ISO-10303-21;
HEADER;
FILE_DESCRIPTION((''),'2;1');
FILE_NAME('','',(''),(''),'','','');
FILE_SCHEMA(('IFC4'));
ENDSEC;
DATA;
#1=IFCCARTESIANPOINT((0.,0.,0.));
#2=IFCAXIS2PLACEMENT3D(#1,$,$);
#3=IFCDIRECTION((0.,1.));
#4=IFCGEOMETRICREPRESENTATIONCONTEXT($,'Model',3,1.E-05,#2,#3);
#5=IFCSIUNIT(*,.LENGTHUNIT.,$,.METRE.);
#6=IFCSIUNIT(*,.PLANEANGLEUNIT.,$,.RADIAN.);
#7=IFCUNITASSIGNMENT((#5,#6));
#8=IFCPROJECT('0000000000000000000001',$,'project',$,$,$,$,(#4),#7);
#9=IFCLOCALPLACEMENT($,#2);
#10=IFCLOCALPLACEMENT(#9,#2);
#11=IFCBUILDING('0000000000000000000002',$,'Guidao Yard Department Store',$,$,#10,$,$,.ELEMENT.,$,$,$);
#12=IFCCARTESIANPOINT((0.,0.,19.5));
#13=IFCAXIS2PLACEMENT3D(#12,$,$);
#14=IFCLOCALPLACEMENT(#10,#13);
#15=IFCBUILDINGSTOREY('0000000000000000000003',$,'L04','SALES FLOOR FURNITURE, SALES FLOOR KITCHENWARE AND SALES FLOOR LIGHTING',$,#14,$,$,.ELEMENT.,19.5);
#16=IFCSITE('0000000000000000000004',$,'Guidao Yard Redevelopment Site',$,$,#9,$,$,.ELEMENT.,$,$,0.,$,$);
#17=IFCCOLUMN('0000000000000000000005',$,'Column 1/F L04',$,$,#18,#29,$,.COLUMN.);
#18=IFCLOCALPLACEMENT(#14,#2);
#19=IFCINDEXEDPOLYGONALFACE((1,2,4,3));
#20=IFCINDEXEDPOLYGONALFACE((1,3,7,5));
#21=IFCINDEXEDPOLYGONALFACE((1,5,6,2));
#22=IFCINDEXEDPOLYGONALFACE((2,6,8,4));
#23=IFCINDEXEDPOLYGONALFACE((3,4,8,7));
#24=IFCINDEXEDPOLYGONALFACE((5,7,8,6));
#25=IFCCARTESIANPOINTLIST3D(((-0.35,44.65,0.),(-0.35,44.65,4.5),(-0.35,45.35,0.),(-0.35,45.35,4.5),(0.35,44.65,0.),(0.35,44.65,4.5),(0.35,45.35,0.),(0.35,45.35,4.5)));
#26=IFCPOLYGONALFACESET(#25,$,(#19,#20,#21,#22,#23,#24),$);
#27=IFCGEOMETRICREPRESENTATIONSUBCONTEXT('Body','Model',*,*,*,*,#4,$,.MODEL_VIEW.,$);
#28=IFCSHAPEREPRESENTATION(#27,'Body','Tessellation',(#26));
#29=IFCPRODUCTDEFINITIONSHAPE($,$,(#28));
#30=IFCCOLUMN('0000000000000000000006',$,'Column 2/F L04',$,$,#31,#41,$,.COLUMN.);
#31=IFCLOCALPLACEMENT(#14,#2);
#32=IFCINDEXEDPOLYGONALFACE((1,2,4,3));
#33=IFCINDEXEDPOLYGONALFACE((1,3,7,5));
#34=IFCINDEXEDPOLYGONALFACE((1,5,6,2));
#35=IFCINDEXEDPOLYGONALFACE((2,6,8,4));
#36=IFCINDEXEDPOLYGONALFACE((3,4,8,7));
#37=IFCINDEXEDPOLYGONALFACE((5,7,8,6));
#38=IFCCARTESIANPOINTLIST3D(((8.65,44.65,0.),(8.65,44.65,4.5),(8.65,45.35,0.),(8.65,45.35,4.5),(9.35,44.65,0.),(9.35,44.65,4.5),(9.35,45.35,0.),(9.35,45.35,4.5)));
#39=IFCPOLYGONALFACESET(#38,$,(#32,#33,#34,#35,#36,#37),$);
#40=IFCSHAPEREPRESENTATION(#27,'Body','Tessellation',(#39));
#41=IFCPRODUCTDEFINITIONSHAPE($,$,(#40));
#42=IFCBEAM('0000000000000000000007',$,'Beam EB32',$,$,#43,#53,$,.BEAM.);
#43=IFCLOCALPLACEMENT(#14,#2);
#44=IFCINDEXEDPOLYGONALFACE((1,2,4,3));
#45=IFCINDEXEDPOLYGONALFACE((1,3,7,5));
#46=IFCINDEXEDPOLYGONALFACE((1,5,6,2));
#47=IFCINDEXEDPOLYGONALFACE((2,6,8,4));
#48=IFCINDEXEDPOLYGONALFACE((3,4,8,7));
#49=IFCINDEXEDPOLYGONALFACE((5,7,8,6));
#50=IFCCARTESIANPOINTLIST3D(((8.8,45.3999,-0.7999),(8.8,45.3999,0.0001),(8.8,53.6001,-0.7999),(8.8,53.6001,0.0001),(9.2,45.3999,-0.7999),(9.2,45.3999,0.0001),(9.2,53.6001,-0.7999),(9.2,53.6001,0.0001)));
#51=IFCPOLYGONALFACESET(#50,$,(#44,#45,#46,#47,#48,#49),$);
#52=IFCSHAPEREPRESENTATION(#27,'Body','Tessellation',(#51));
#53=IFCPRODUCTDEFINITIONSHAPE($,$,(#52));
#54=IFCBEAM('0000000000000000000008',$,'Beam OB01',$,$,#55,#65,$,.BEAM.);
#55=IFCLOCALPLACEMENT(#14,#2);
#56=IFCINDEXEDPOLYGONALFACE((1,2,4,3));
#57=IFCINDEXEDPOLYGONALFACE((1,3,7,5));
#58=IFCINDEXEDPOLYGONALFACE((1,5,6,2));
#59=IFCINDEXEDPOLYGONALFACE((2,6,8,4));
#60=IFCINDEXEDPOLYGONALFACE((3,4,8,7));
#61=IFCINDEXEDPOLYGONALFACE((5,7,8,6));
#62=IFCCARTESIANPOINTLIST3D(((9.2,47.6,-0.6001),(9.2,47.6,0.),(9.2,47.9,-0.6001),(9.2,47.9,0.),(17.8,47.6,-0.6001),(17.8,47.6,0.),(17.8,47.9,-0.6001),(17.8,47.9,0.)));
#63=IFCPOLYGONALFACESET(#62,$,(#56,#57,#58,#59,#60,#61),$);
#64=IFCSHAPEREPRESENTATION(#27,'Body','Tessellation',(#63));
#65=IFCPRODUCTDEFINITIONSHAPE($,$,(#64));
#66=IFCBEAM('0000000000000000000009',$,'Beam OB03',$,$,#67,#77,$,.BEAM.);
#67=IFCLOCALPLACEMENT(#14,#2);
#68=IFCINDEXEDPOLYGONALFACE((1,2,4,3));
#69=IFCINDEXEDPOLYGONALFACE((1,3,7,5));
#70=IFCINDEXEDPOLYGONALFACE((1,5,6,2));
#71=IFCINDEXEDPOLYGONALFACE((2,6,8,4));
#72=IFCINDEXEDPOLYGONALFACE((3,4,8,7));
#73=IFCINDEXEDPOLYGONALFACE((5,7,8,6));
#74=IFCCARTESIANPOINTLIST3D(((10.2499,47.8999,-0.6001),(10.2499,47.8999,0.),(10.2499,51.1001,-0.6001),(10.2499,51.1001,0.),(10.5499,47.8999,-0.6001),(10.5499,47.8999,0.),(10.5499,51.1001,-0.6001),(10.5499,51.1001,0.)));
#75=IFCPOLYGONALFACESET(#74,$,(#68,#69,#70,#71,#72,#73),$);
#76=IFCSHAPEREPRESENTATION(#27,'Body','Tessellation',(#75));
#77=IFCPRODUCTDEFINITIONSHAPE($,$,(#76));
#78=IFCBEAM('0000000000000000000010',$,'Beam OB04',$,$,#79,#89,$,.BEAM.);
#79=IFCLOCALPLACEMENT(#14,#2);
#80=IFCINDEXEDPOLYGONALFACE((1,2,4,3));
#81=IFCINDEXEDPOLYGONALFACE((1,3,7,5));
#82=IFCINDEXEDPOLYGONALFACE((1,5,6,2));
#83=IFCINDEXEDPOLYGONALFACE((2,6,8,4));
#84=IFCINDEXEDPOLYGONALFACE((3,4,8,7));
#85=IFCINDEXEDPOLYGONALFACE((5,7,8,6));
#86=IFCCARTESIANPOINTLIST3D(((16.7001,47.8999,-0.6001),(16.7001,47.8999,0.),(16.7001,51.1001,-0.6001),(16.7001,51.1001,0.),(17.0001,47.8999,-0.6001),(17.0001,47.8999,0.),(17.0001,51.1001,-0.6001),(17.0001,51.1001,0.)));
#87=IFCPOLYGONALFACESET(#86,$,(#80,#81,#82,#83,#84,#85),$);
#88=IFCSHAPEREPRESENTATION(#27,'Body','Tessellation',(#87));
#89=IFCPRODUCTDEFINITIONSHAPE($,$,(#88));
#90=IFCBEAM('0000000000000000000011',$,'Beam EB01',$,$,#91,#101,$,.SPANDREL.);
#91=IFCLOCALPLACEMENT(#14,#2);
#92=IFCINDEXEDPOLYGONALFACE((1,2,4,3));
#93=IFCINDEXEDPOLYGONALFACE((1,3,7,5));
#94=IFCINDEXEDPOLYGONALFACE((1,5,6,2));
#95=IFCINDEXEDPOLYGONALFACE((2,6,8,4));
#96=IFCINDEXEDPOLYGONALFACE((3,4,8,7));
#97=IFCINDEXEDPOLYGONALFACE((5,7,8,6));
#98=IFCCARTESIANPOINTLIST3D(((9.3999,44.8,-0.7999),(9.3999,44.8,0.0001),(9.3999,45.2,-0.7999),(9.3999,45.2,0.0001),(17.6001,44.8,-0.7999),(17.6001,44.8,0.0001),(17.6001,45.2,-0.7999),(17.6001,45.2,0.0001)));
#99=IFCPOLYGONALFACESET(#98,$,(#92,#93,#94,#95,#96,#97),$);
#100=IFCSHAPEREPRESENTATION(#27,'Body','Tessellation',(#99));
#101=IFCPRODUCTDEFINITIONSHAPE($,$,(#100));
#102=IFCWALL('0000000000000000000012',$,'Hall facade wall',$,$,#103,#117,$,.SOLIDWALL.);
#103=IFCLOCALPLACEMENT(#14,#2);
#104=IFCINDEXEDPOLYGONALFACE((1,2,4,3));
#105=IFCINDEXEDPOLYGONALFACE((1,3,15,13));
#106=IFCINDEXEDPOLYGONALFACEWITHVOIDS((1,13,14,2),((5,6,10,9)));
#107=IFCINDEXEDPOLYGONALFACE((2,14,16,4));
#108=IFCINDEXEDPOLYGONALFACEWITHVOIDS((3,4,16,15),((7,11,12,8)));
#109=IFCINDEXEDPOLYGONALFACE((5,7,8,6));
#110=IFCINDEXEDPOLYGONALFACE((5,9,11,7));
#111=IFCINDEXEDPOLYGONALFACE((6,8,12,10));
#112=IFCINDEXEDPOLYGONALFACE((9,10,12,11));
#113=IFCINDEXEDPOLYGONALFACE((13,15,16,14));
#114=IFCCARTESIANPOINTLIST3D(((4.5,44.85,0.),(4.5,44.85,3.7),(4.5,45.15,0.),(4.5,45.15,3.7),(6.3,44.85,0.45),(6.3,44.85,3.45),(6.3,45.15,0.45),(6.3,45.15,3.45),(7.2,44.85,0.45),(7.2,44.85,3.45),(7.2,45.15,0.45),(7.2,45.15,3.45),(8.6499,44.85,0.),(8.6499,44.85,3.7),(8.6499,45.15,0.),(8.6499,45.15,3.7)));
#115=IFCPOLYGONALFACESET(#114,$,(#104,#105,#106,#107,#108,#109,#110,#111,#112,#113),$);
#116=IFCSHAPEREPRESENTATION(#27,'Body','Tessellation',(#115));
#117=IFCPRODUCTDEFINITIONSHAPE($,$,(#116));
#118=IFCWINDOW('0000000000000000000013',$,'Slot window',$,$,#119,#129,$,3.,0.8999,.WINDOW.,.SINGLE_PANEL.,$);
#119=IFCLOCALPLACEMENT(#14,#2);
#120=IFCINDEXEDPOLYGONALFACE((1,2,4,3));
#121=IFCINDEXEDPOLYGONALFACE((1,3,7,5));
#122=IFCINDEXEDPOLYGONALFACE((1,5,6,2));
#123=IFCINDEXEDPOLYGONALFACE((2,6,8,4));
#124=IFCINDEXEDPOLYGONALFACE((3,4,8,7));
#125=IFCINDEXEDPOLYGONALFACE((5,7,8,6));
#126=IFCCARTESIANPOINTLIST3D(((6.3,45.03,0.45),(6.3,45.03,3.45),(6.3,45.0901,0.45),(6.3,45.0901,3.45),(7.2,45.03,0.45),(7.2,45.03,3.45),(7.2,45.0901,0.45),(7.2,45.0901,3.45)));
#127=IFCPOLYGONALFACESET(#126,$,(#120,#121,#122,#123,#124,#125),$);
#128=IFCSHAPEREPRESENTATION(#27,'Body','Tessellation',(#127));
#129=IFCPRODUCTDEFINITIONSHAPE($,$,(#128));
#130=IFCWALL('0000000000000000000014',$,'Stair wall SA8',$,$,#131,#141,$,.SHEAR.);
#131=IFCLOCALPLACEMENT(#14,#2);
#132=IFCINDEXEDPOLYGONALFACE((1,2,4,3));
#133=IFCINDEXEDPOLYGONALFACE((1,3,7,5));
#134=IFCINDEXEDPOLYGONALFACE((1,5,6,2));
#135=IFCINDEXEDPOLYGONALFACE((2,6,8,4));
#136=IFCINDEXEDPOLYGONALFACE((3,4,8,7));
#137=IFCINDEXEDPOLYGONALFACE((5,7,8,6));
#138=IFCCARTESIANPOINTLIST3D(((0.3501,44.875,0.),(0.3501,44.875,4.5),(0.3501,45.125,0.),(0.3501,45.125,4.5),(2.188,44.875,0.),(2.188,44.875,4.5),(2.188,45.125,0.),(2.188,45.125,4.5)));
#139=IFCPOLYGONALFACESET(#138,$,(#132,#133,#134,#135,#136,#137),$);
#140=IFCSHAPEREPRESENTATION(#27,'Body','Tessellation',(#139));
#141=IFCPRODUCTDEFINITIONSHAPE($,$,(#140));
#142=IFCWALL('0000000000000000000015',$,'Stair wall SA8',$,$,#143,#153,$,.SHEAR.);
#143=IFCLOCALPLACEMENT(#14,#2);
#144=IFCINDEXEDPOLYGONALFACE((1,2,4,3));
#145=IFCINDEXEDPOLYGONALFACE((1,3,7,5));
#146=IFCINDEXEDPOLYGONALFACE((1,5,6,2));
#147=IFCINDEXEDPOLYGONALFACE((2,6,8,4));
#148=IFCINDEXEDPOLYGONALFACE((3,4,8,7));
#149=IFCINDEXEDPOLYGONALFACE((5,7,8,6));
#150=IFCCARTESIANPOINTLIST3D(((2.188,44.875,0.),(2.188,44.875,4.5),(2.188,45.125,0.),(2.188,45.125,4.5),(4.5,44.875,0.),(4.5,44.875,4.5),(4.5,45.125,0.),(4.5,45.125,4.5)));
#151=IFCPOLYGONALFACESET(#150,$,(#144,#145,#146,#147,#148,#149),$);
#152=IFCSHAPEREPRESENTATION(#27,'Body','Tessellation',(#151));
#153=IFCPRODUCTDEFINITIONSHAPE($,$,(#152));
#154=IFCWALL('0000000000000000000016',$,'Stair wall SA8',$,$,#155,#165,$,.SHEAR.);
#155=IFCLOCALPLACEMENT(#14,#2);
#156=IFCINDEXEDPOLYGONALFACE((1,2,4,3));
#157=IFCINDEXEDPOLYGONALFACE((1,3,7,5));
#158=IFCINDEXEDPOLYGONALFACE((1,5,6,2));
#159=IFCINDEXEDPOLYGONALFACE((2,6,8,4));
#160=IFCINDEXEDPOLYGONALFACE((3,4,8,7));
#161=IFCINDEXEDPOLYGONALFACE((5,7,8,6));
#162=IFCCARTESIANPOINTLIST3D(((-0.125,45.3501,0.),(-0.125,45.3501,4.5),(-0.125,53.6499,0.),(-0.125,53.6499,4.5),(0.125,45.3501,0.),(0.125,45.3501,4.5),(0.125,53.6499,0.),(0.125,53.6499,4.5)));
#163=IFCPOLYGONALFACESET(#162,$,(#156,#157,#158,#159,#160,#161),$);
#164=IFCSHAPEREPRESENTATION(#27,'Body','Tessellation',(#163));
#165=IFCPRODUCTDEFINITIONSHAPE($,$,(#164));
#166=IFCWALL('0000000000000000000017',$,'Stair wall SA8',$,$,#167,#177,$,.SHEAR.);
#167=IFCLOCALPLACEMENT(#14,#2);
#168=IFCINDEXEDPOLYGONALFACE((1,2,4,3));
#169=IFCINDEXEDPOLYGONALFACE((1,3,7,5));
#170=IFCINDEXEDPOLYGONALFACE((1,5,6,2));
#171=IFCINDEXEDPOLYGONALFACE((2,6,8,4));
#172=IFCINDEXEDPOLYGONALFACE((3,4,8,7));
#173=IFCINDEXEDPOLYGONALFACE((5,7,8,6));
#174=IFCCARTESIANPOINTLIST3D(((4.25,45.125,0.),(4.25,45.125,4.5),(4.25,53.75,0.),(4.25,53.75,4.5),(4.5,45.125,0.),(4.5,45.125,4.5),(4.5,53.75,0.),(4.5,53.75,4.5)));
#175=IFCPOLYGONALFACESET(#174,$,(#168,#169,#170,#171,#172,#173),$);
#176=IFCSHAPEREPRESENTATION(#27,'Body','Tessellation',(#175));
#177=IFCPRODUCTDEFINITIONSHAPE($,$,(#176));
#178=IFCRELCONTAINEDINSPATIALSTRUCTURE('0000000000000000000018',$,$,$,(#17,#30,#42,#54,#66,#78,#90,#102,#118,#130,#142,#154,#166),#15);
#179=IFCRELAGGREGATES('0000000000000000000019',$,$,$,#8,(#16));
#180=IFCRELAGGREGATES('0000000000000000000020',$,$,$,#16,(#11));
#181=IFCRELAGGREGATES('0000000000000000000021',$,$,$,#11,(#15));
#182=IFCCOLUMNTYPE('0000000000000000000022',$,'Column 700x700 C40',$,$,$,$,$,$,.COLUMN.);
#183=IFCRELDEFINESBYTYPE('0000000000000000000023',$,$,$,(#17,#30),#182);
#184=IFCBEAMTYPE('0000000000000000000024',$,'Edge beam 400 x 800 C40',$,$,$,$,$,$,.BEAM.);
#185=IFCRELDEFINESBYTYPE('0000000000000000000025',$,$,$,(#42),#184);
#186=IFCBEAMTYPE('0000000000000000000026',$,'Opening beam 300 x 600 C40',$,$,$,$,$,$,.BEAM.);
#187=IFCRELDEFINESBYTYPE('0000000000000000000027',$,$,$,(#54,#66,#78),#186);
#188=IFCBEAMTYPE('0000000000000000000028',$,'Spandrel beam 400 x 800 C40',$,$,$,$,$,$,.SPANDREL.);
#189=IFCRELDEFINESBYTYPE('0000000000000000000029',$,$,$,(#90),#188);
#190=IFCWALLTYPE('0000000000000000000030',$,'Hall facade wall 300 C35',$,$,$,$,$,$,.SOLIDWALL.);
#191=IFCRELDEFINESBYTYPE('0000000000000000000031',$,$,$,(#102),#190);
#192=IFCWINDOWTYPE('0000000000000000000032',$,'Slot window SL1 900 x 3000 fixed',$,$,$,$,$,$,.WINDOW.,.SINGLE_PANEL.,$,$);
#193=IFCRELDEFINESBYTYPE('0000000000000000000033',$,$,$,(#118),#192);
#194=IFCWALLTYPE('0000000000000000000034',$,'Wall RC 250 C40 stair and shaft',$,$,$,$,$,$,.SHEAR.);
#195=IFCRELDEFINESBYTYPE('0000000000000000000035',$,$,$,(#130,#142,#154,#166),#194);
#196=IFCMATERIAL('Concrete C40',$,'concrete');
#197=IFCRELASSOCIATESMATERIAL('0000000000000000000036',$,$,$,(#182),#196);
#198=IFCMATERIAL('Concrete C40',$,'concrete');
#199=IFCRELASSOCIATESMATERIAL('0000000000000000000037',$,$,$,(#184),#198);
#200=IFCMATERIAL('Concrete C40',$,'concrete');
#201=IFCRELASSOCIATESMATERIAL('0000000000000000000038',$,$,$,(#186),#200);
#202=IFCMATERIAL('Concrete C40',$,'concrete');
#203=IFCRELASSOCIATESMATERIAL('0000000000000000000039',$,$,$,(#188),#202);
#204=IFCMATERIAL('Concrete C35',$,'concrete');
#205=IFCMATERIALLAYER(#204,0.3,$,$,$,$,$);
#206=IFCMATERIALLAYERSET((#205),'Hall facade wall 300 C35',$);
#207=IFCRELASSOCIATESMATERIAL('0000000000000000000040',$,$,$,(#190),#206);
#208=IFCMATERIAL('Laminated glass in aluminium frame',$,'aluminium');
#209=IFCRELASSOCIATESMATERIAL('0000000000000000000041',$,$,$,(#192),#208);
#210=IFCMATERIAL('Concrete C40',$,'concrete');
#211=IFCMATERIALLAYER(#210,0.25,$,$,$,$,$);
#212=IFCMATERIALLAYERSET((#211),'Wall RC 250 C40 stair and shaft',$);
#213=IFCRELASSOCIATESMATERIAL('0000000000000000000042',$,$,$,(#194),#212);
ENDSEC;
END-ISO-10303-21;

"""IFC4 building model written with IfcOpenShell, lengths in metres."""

from ifc_helpers import new_model, si_unit, direction, frame, frame_2d, origin, origin_2d, place, context, subcontext, project, spatial, rectangle, extrude, material, layer, layer_set, material_profile, profile_set, type_object, element, fill, save


model = new_model("IFC4")

# Units and contexts
model_context = context("Model", 3, precision=1e-05, world=origin(), true_north=direction((0.0, 1.0)))
body_context = subcontext(model_context, "Body", "Model", "MODEL_VIEW")
ifc_project = project(units=[si_unit("LENGTHUNIT", "METRE"), si_unit("PLANEANGLEUNIT", "RADIAN")], contexts=[model_context])

# Site, building, storey
site_placement = place(None, origin())
site = spatial("IfcSite", under=ifc_project, at=site_placement, Name="Guidao Yard Redevelopment Site", CompositionType="ELEMENT", RefElevation=0.0)
building_placement = place(site_placement, origin())
building = spatial("IfcBuilding", under=site, at=building_placement, Name="Guidao Yard Department Store", CompositionType="ELEMENT")
storey_placement = place(building_placement, frame((0.0, 0.0, 19.5)))
storey = spatial("IfcBuildingStorey", under=building, at=storey_placement, Name="L04", Description="SALES FLOOR FURNITURE, SALES FLOOR KITCHENWARE AND SALES FLOOR LIGHTING", CompositionType="ELEMENT", Elevation=19.5)

# Columns
ifc_material_1 = material(Name="Concrete C40", Category="concrete")
ifc_material_profile_1 = material_profile(ifc_material_1, rectangle(XDim=0.7, YDim=0.7, at=origin_2d()), Name="COL 700x700")
ifc_profile_set_1 = profile_set([ifc_material_profile_1], Name="Concrete C40")
column_type = type_object("IfcColumnType", Name="Column 700x700 C40", PredefinedType="COLUMN", material=ifc_profile_set_1)
for number, where, z_axis, x_axis, name in (
    (1, (0.0, 45.0, 0.0), (0.0, 0.0, 1.0), (1.0, 0.0, 0.0), "Column 1/F L04"),
    (2, (9.0, 45.0, 0.0), (0.0, 0.0, 1.0), (1.0, 0.0, 0.0), "Column 2/F L04"),
):
    element("IfcColumn", number, at=place(storey_placement, frame(where, z_axis=z_axis, x_axis=x_axis)), inside=storey, type_object=column_type, Name=name, PredefinedType="COLUMN", context=body_context, shape_type="SweptSolid", body=[
        extrude(rectangle(XDim=0.7, YDim=0.7, at=origin_2d()), origin(), (0.0, 0.0, 1.0), 4.5),
    ])

# Beams
ifc_material_2 = material(Name="Concrete C40", Category="concrete")
ifc_material_profile_2 = material_profile(ifc_material_2, rectangle(XDim=0.3999, YDim=0.8, at=origin_2d()), Name="Edge beam 400 x 800 C40")
ifc_profile_set_2 = profile_set([ifc_material_profile_2], Name="Concrete C40")
beam_type_1 = type_object("IfcBeamType", Name="Edge beam 400 x 800 C40", PredefinedType="BEAM", material=ifc_profile_set_2)
beam_1_placement = place(storey_placement, frame((9.0, 45.3999, -0.3999), z_axis=(0.0, 1.0, 0.0), x_axis=(-1.0, 0.0, 0.0)))
element("IfcBeam", 3, at=beam_1_placement, inside=storey, type_object=beam_type_1, Name="Beam EB32", PredefinedType="BEAM", context=body_context, shape_type="SweptSolid", body=[
    extrude(rectangle(XDim=0.3999, YDim=0.8, at=origin_2d()), origin(), (0.0, 0.0, 1.0), 8.2002),
])
ifc_material_3 = material(Name="Concrete C40", Category="concrete")
ifc_material_profile_3 = material_profile(ifc_material_3, rectangle(XDim=0.3, YDim=0.6001, at=origin_2d()), Name="Opening beam 300 x 600 C40")
ifc_profile_set_3 = profile_set([ifc_material_profile_3], Name="Concrete C40")
beam_type_2 = type_object("IfcBeamType", Name="Opening beam 300 x 600 C40", PredefinedType="BEAM", material=ifc_profile_set_3)
beam_2_placement = place(storey_placement, frame((9.2, 47.75, -0.3), z_axis=(1.0, 0.0, 0.0), x_axis=(0.0, 1.0, 0.0)))
element("IfcBeam", 4, at=beam_2_placement, inside=storey, type_object=beam_type_2, Name="Beam OB01", PredefinedType="BEAM", context=body_context, shape_type="SweptSolid", body=[
    extrude(rectangle(XDim=0.3, YDim=0.6001, at=origin_2d()), origin(), (0.0, 0.0, 1.0), 8.6001),
])
for number, where, z_axis, x_axis, name in (
    (5, (10.3999, 47.8999, -0.3), (0.0, 1.0, 0.0), (-1.0, 0.0, 0.0), "Beam OB03"),
    (6, (16.8501, 47.8999, -0.3), (0.0, 1.0, 0.0), (-1.0, 0.0, 0.0), "Beam OB04"),
):
    element("IfcBeam", number, at=place(storey_placement, frame(where, z_axis=z_axis, x_axis=x_axis)), inside=storey, type_object=beam_type_2, Name=name, PredefinedType="BEAM", context=body_context, shape_type="SweptSolid", body=[
        extrude(rectangle(XDim=0.3, YDim=0.6001, at=origin_2d()), origin(), (0.0, 0.0, 1.0), 3.2002),
    ])
ifc_material_4 = material(Name="Concrete C40", Category="concrete")
ifc_material_profile_4 = material_profile(ifc_material_4, rectangle(XDim=0.3999, YDim=0.8, at=origin_2d()), Name="Spandrel beam 400 x 800 C40")
ifc_profile_set_4 = profile_set([ifc_material_profile_4], Name="Concrete C40")
beam_type_3 = type_object("IfcBeamType", Name="Spandrel beam 400 x 800 C40", PredefinedType="SPANDREL", material=ifc_profile_set_4)
beam_3_placement = place(storey_placement, frame((9.3999, 45.0, -0.3999), z_axis=(1.0, 0.0, 0.0), x_axis=(0.0, 1.0, 0.0)))
element("IfcBeam", 7, at=beam_3_placement, inside=storey, type_object=beam_type_3, Name="Beam EB01", PredefinedType="SPANDREL", context=body_context, shape_type="SweptSolid", body=[
    extrude(rectangle(XDim=0.3999, YDim=0.8, at=origin_2d()), origin(), (0.0, 0.0, 1.0), 8.2002),
])

# Wall, opening, window
ifc_material_5 = material(Name="Concrete C35", Category="concrete")
ifc_layer_1 = layer(ifc_material_5, 0.3)
ifc_layer_set_1 = layer_set([ifc_layer_1], Name="Hall facade wall 300 C35")
wall_type_1 = type_object("IfcWallType", Name="Hall facade wall 300 C35", PredefinedType="SOLIDWALL", material=ifc_layer_set_1)
wall_1_placement = place(storey_placement, frame((8.6499, 45.0, 0.0), z_axis=(0.0, 0.0, 1.0), x_axis=(-1.0, 0.0, 0.0)))
wall_1 = element("IfcWall", 8, at=wall_1_placement, inside=storey, type_object=wall_type_1, Name="Hall facade wall", PredefinedType="SOLIDWALL", context=body_context, shape_type="SweptSolid", body=[
    extrude(rectangle(XDim=4.1499, YDim=0.3, at=frame_2d((2.075, 0.0))), origin(), (0.0, 0.0, 1.0), 3.7),
])
opening_1_placement = place(wall_1_placement, frame((1.45, 0.0, 0.45)))
opening_1 = element("IfcOpeningElement", 9, at=opening_1_placement, cuts=wall_1, PredefinedType="OPENING", context=body_context, shape_type="SweptSolid", body=[
    extrude(rectangle(XDim=0.8999, YDim=3.0, at=frame_2d((0.45, 1.5))), frame((0.0, 0.1599, 0.0), z_axis=(0.0, -1.0, 0.0), x_axis=(1.0, 0.0, 0.0)), (0.0, 0.0, 1.0), 0.3201),
])
ifc_material_6 = material(Name="Laminated glass in aluminium frame", Category="aluminium")
window_type = type_object("IfcWindowType", Name="Slot window SL1 900 x 3000 fixed", PartitioningType="SINGLE_PANEL", PredefinedType="WINDOW", material=ifc_material_6)
window_placement = place(opening_1_placement, origin())
window = element("IfcWindow", 10, at=window_placement, inside=storey, type_object=window_type, Name="Slot window", OverallHeight=3.0, OverallWidth=0.8999, PartitioningType="SINGLE_PANEL", PredefinedType="WINDOW", context=body_context, shape_type="SweptSolid", body=[
    extrude(rectangle(XDim=0.8999, YDim=3.0, at=frame_2d((0.45, 1.5))), frame((0.0, -0.03, 0.0), z_axis=(0.0, -1.0, 0.0), x_axis=(1.0, 0.0, 0.0)), (0.0, 0.0, 1.0), 0.0601),
])
fill(opening_1, window)

# Walls
ifc_material_7 = material(Name="Concrete C40", Category="concrete")
ifc_layer_2 = layer(ifc_material_7, 0.25)
ifc_layer_set_2 = layer_set([ifc_layer_2], Name="Wall RC 250 C40 stair and shaft")
wall_type_2 = type_object("IfcWallType", Name="Wall RC 250 C40 stair and shaft", PredefinedType="SHEAR", material=ifc_layer_set_2)
wall_2_placement = place(storey_placement, frame((0.3501, 45.0, 0.0), z_axis=(0.0, 0.0, 1.0), x_axis=(1.0, 0.0, 0.0)))
element("IfcWall", 11, at=wall_2_placement, inside=storey, type_object=wall_type_2, Name="Stair wall SA8", PredefinedType="SHEAR", context=body_context, shape_type="SweptSolid", body=[
    extrude(rectangle(XDim=1.8379, YDim=0.25, at=frame_2d((0.9189, 0.0))), origin(), (0.0, 0.0, 1.0), 4.5),
])
wall_3_placement = place(storey_placement, frame((2.188, 45.0, 0.0), z_axis=(0.0, 0.0, 1.0), x_axis=(1.0, 0.0, 0.0)))
element("IfcWall", 12, at=wall_3_placement, inside=storey, type_object=wall_type_2, Name="Stair wall SA8", PredefinedType="SHEAR", context=body_context, shape_type="SweptSolid", body=[
    extrude(rectangle(XDim=2.312, YDim=0.25, at=frame_2d((1.156, 0.0))), origin(), (0.0, 0.0, 1.0), 4.5),
])
wall_4_placement = place(storey_placement, frame((0.0, 45.3501, 0.0), z_axis=(0.0, 0.0, 1.0), x_axis=(0.0, 1.0, 0.0)))
element("IfcWall", 13, at=wall_4_placement, inside=storey, type_object=wall_type_2, Name="Stair wall SA8", PredefinedType="SHEAR", context=body_context, shape_type="SweptSolid", body=[
    extrude(rectangle(XDim=8.2998, YDim=0.25, at=frame_2d((4.1499, 0.0))), origin(), (0.0, 0.0, 1.0), 4.5),
])
wall_5_placement = place(storey_placement, frame((4.375, 45.125, 0.0), z_axis=(0.0, 0.0, 1.0), x_axis=(0.0, 1.0, 0.0)))
element("IfcWall", 14, at=wall_5_placement, inside=storey, type_object=wall_type_2, Name="Stair wall SA8", PredefinedType="SHEAR", context=body_context, shape_type="SweptSolid", body=[
    extrude(rectangle(XDim=8.625, YDim=0.25, at=frame_2d((4.3125, 0.0))), origin(), (0.0, 0.0, 1.0), 4.5),
])

save(model, "model.ifc")
